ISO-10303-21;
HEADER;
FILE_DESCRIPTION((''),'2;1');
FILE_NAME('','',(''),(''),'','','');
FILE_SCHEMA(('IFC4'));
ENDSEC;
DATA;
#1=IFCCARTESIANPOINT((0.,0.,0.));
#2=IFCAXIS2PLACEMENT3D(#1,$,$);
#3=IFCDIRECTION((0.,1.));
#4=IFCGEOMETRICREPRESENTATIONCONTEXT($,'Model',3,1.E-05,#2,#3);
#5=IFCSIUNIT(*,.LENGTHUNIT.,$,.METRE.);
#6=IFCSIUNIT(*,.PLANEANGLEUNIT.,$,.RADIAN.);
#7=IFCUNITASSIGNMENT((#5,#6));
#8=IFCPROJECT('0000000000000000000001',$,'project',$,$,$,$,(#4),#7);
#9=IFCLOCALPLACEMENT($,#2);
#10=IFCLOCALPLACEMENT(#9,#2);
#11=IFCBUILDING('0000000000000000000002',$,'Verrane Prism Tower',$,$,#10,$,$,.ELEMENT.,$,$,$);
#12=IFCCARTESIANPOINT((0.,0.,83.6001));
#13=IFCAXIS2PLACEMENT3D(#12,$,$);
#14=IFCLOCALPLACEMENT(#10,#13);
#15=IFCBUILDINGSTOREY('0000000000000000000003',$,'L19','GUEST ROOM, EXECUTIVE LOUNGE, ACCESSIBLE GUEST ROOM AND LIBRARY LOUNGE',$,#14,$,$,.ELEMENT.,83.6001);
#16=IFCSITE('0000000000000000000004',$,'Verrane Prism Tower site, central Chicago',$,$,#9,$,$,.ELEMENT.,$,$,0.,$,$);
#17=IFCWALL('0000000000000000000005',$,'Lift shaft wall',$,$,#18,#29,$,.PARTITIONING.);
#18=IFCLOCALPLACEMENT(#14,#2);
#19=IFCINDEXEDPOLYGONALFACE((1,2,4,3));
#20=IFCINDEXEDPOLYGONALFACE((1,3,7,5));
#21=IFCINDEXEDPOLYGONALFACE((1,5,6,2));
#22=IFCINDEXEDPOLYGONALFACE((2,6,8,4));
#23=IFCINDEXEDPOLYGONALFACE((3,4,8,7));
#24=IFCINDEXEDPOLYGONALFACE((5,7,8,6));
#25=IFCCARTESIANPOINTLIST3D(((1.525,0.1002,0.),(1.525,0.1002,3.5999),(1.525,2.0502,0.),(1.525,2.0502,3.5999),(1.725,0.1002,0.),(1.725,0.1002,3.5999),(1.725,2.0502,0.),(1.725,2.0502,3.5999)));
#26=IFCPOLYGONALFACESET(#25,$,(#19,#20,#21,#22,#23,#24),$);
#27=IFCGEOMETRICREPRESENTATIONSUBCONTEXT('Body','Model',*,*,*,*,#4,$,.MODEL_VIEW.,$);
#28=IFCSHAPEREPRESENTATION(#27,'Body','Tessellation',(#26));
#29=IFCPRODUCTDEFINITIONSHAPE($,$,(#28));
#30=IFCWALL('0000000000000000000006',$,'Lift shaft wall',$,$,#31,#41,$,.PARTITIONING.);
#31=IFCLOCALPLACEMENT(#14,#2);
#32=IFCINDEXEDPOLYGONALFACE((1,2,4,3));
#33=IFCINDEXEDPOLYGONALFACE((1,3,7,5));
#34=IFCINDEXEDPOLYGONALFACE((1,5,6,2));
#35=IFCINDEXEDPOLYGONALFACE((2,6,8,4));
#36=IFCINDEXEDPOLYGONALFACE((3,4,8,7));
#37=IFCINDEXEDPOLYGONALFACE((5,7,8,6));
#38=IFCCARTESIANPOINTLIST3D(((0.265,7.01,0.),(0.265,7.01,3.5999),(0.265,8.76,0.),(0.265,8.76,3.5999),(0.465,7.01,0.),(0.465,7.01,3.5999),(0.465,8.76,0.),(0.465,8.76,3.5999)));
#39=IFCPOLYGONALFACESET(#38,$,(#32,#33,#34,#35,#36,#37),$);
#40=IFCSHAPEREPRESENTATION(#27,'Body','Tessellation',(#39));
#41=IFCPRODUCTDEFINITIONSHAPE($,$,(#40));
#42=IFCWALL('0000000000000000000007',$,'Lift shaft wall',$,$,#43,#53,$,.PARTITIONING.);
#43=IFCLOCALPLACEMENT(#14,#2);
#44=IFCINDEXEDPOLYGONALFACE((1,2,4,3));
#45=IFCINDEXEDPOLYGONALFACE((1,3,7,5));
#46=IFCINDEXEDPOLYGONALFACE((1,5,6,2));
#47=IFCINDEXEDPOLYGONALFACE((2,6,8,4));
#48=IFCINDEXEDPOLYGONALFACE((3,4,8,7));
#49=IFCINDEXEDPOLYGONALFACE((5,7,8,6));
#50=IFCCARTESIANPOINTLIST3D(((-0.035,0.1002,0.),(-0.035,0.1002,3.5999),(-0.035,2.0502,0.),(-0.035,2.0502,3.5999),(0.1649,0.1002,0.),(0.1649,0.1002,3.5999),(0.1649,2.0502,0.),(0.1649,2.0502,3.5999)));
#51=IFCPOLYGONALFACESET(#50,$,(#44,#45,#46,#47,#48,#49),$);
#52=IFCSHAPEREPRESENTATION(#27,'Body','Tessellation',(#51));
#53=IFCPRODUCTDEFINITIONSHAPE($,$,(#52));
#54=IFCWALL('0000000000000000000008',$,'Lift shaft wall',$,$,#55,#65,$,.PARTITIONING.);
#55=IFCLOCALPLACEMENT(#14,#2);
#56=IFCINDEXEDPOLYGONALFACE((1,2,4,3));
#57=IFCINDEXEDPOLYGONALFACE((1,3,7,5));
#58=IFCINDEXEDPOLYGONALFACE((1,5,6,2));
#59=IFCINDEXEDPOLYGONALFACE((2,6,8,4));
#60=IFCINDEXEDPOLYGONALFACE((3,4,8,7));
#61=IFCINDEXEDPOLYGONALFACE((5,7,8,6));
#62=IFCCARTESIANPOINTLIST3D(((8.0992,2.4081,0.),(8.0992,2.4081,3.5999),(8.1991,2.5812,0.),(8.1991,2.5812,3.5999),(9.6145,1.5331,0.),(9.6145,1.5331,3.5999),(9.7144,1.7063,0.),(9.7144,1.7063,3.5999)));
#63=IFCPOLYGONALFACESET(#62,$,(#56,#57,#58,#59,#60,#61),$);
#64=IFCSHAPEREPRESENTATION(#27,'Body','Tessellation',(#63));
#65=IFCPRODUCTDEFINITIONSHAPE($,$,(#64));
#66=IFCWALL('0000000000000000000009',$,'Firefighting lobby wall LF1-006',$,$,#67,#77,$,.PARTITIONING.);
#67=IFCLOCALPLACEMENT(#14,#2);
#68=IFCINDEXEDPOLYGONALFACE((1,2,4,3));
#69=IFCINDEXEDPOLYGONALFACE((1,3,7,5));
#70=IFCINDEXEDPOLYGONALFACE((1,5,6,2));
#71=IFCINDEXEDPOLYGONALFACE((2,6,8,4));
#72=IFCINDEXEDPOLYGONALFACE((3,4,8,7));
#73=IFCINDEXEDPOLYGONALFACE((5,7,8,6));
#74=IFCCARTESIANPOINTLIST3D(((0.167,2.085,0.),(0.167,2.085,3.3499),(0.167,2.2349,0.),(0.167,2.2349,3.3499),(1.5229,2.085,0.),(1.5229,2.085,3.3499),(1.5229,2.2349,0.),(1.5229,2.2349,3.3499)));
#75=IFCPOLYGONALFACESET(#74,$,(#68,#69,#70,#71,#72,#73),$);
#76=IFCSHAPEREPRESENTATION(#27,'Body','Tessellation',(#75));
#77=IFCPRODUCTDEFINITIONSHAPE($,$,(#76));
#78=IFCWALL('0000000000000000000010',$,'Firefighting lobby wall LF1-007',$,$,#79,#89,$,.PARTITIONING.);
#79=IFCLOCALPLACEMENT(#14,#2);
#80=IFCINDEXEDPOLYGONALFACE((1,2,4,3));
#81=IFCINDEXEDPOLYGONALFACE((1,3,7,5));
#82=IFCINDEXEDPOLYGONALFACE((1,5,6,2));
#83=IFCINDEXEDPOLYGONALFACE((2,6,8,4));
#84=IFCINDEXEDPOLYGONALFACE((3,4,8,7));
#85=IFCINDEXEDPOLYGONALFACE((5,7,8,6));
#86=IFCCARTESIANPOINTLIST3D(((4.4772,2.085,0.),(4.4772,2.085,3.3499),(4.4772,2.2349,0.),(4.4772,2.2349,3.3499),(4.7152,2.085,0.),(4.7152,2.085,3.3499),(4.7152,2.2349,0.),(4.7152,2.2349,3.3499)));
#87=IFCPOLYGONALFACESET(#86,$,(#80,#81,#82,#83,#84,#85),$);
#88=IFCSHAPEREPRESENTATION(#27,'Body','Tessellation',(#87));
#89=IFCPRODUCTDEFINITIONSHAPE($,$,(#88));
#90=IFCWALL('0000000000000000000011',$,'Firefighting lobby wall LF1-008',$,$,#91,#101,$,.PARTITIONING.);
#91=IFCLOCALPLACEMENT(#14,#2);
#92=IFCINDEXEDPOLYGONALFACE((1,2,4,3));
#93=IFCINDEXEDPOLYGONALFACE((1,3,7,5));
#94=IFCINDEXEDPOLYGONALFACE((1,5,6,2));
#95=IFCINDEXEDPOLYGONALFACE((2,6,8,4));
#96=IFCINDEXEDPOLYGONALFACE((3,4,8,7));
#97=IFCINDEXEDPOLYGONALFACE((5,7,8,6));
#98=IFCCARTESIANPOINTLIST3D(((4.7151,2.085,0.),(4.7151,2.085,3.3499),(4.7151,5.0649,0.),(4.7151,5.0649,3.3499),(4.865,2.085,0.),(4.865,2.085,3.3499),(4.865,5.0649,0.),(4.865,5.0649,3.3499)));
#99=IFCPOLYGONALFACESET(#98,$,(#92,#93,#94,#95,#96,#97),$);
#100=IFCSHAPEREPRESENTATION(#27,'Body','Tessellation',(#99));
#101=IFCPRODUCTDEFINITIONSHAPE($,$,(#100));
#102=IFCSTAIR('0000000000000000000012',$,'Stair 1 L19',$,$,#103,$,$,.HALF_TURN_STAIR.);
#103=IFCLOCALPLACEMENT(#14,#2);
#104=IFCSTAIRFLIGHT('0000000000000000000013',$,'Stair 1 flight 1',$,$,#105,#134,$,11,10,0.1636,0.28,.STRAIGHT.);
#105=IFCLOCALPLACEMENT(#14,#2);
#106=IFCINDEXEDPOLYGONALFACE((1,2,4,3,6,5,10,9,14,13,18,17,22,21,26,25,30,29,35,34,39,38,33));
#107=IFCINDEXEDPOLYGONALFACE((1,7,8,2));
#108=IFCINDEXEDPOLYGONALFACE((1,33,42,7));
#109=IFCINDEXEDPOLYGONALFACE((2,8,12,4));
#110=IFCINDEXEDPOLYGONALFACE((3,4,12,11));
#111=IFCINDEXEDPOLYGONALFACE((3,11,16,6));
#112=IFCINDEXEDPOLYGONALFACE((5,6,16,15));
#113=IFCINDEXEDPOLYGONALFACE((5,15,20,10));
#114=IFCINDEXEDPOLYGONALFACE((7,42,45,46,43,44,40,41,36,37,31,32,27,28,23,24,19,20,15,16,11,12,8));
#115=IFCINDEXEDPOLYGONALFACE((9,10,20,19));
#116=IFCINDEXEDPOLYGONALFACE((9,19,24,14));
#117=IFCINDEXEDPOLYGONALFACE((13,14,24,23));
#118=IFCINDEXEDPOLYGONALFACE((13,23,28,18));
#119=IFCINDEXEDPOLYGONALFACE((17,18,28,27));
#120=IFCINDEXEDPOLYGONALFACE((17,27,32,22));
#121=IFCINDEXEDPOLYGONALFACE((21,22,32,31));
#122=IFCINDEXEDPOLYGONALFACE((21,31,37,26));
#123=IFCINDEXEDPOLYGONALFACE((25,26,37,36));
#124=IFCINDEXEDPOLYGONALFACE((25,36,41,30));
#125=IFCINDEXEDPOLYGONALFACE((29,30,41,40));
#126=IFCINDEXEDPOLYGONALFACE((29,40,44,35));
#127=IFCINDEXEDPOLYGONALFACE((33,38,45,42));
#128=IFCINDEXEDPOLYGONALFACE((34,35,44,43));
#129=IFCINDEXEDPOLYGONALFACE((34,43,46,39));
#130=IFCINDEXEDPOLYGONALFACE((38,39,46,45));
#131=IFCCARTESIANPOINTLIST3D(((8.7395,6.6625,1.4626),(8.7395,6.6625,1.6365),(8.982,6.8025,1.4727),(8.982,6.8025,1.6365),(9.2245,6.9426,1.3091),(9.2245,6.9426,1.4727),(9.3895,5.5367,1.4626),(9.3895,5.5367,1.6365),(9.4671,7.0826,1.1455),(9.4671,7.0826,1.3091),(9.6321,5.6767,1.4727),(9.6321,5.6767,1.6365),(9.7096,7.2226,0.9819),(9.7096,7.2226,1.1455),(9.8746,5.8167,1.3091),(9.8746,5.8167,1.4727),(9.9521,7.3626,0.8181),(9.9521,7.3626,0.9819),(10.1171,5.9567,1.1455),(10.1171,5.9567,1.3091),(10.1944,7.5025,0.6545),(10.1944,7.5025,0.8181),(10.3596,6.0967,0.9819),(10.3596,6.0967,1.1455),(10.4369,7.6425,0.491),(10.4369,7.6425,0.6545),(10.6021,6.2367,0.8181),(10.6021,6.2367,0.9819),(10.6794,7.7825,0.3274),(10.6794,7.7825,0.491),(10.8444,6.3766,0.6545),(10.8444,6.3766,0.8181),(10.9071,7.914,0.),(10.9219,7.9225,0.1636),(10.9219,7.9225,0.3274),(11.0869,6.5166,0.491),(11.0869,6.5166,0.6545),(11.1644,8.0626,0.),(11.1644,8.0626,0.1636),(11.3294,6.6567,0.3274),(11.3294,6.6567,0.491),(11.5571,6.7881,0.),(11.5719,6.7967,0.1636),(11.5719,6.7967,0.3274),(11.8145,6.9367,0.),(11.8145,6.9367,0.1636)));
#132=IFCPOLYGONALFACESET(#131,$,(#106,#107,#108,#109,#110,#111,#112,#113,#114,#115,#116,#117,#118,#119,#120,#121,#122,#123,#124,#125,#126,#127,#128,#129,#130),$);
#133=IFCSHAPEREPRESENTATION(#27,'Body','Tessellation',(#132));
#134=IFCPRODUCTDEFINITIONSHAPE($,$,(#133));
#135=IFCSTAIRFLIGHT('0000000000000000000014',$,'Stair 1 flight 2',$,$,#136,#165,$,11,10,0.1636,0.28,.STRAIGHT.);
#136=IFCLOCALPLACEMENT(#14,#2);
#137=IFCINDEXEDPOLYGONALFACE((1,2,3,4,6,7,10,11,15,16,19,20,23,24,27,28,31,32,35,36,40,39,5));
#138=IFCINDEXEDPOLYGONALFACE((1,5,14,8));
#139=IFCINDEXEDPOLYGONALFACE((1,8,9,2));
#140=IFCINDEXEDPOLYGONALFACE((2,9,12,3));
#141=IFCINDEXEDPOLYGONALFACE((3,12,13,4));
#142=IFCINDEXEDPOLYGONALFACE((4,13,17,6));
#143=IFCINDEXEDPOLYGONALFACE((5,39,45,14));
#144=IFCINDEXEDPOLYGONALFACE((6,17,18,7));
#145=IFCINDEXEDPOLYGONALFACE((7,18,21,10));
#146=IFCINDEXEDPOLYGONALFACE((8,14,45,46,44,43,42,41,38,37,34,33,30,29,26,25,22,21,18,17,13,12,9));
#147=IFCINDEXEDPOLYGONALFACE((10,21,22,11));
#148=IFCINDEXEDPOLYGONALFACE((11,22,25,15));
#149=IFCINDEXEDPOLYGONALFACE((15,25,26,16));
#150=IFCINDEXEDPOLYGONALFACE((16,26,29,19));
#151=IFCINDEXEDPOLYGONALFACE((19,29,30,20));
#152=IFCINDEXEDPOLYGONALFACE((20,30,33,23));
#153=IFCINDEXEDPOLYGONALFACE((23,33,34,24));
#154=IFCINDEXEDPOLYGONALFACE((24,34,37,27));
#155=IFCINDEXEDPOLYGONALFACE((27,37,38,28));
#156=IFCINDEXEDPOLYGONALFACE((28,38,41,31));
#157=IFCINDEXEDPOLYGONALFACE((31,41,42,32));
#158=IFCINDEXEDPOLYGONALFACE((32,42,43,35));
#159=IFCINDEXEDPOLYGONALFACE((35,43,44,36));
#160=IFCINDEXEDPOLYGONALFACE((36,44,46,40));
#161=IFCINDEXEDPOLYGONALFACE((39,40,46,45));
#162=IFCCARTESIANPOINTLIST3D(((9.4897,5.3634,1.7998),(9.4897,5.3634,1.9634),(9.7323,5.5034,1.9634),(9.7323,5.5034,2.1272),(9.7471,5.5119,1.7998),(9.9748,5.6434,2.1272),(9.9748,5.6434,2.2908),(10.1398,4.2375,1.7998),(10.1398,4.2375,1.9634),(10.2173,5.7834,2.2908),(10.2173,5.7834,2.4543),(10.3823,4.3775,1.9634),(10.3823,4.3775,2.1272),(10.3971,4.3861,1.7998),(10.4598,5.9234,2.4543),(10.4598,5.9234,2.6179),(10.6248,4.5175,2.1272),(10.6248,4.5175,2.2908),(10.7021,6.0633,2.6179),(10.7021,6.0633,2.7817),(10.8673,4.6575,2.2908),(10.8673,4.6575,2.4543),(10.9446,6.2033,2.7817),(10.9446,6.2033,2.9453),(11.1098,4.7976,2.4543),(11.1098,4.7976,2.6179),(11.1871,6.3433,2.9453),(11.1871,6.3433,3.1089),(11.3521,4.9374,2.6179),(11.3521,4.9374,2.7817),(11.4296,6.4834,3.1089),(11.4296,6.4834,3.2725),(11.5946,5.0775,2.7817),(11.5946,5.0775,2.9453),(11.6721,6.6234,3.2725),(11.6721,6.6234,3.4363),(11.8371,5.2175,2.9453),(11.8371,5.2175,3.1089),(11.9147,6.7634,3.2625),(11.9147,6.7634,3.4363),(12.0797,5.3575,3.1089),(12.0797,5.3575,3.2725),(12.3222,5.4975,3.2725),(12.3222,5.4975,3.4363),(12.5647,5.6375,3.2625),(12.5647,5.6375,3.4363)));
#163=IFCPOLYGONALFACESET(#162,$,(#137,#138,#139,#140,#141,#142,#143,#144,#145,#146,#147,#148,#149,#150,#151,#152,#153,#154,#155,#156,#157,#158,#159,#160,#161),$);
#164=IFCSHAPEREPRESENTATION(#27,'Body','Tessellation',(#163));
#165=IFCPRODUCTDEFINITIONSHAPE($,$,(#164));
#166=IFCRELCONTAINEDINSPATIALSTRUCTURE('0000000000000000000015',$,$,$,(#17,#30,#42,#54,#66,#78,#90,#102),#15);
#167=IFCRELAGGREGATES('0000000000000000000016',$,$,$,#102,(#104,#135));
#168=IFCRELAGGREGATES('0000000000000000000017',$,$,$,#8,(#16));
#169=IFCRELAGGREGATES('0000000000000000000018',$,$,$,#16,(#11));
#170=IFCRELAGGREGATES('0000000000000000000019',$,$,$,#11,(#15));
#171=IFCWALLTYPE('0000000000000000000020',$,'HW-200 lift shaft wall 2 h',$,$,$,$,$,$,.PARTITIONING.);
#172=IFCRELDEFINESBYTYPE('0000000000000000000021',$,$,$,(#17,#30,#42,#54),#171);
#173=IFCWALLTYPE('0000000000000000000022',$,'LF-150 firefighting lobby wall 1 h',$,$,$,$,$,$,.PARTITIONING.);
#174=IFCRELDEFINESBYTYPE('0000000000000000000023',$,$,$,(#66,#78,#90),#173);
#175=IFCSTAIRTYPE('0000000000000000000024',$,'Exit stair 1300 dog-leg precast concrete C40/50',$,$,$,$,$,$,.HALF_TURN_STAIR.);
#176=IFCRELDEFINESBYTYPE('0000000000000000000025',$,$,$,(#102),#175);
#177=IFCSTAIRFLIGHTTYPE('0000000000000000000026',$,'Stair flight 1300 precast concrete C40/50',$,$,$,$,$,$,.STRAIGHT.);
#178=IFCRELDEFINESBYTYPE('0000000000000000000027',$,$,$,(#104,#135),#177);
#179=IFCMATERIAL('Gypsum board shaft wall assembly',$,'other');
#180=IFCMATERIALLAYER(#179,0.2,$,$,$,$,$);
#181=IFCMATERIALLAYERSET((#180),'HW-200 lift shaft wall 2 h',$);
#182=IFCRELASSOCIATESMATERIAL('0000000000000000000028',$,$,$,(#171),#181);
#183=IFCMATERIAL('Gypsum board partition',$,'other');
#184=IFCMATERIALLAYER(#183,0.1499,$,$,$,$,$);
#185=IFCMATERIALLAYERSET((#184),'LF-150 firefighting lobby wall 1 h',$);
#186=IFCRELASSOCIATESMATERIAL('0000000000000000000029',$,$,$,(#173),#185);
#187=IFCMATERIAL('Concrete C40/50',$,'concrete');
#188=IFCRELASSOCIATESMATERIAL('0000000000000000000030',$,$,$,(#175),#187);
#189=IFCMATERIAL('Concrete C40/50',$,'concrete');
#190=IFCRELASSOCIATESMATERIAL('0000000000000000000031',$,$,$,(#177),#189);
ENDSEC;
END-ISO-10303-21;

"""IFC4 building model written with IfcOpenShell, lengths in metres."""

from ifc_helpers import new_model, si_unit, direction, frame, frame_2d, origin, place, context, subcontext, project, spatial, polyline, rectangle, outline, extrude, material, layer, layer_set, type_object, element, aggregate, save


model = new_model("IFC4")

# Units and contexts
model_context = context("Model", 3, precision=1e-05, world=origin(), true_north=direction((0.0, 1.0)))
body_context = subcontext(model_context, "Body", "Model", "MODEL_VIEW")
ifc_project = project(units=[si_unit("LENGTHUNIT", "METRE"), si_unit("PLANEANGLEUNIT", "RADIAN")], contexts=[model_context])

# Site, building, storey
site_placement = place(None, origin())
site = spatial("IfcSite", under=ifc_project, at=site_placement, Name="Verrane Prism Tower site, central Chicago", CompositionType="ELEMENT", RefElevation=0.0)
building_placement = place(site_placement, origin())
building = spatial("IfcBuilding", under=site, at=building_placement, Name="Verrane Prism Tower", CompositionType="ELEMENT")
storey_placement = place(building_placement, frame((0.0, 0.0, 83.6001)))
storey = spatial("IfcBuildingStorey", under=building, at=storey_placement, Name="L19", Description="GUEST ROOM, EXECUTIVE LOUNGE, ACCESSIBLE GUEST ROOM AND LIBRARY LOUNGE", CompositionType="ELEMENT", Elevation=83.6001)

# Shared definitions
ifc_material_1 = material(Name="Gypsum board shaft wall assembly", Category="other")
ifc_layer_1 = layer(ifc_material_1, 0.2)
ifc_layer_set_1 = layer_set([ifc_layer_1], Name="HW-200 lift shaft wall 2 h")
wall_type_1 = type_object("IfcWallType", Name="HW-200 lift shaft wall 2 h", PredefinedType="PARTITIONING", material=ifc_layer_set_1)

# Walls
wall_1_placement = place(storey_placement, frame((1.625, 0.1001, 0.0), z_axis=(0.0, 0.0, 1.0), x_axis=(0.0, 1.0, 0.0)))
element("IfcWall", 1, at=wall_1_placement, inside=storey, type_object=wall_type_1, Name="Lift shaft wall", PredefinedType="PARTITIONING", context=body_context, shape_type="SweptSolid", body=[
    extrude(rectangle(XDim=1.95, YDim=0.2, at=frame_2d((0.9751, 0.0))), origin(), (0.0, 0.0, 1.0), 3.5999),
])
wall_2_placement = place(storey_placement, frame((0.365, 7.01, 0.0), z_axis=(0.0, 0.0, 1.0), x_axis=(0.0, 1.0, 0.0)))
element("IfcWall", 2, at=wall_2_placement, inside=storey, type_object=wall_type_1, Name="Lift shaft wall", PredefinedType="PARTITIONING", context=body_context, shape_type="SweptSolid", body=[
    extrude(rectangle(XDim=1.75, YDim=0.2, at=frame_2d((0.875, 0.0))), origin(), (0.0, 0.0, 1.0), 3.5999),
])
wall_3_placement = place(storey_placement, frame((0.0649, 0.1001, 0.0), z_axis=(0.0, 0.0, 1.0), x_axis=(0.0, 1.0, 0.0)))
element("IfcWall", 3, at=wall_3_placement, inside=storey, type_object=wall_type_1, Name="Lift shaft wall", PredefinedType="PARTITIONING", context=body_context, shape_type="SweptSolid", body=[
    extrude(rectangle(XDim=1.95, YDim=0.2, at=frame_2d((0.9751, 0.0))), origin(), (0.0, 0.0, 1.0), 3.5999),
])
wall_4_placement = place(storey_placement, frame((9.6646, 1.6196, 0.0), z_axis=(0.0, 0.0, 1.0), x_axis=(-0.866002, 0.50004, 0.0)))
element("IfcWall", 4, at=wall_4_placement, inside=storey, type_object=wall_type_1, Name="Lift shaft wall", PredefinedType="PARTITIONING", context=body_context, shape_type="SweptSolid", body=[
    extrude(rectangle(XDim=1.7498, YDim=0.2, at=frame_2d((0.875, 0.0))), origin(), (0.0, 0.0, 1.0), 3.5999),
])
ifc_material_2 = material(Name="Gypsum board partition", Category="other")
ifc_layer_2 = layer(ifc_material_2, 0.1499)
ifc_layer_set_2 = layer_set([ifc_layer_2], Name="LF-150 firefighting lobby wall 1 h")
wall_type_2 = type_object("IfcWallType", Name="LF-150 firefighting lobby wall 1 h", PredefinedType="PARTITIONING", material=ifc_layer_set_2)
wall_5_placement = place(storey_placement, frame((0.167, 2.1599, 0.0), z_axis=(0.0, 0.0, 1.0), x_axis=(1.0, 0.0, 0.0)))
element("IfcWall", 5, at=wall_5_placement, inside=storey, type_object=wall_type_2, Name="Firefighting lobby wall LF1-006", PredefinedType="PARTITIONING", context=body_context, shape_type="SweptSolid", body=[
    extrude(rectangle(XDim=1.356, YDim=0.1499, at=frame_2d((0.678, 0.0))), origin(), (0.0, 0.0, 1.0), 3.3499),
])
wall_6_placement = place(storey_placement, frame((4.4771, 2.1599, 0.0), z_axis=(0.0, 0.0, 1.0), x_axis=(1.0, 0.0, 0.0)))
element("IfcWall", 6, at=wall_6_placement, inside=storey, type_object=wall_type_2, Name="Firefighting lobby wall LF1-007", PredefinedType="PARTITIONING", context=body_context, shape_type="SweptSolid", body=[
    extrude(rectangle(XDim=0.238, YDim=0.1499, at=frame_2d((0.1191, 0.0))), origin(), (0.0, 0.0, 1.0), 3.3499),
])
wall_7_placement = place(storey_placement, frame((4.79, 2.085, 0.0), z_axis=(0.0, 0.0, 1.0), x_axis=(0.0, 1.0, 0.0)))
element("IfcWall", 7, at=wall_7_placement, inside=storey, type_object=wall_type_2, Name="Firefighting lobby wall LF1-008", PredefinedType="PARTITIONING", context=body_context, shape_type="SweptSolid", body=[
    extrude(rectangle(XDim=2.98, YDim=0.1499, at=frame_2d((1.49, 0.0))), origin(), (0.0, 0.0, 1.0), 3.3499),
])

# Stair, stair flights
ifc_material_3 = material(Name="Concrete C40/50", Category="concrete")
stair_type = type_object("IfcStairType", Name="Exit stair 1300 dog-leg precast concrete C40/50", PredefinedType="HALF_TURN_STAIR", material=ifc_material_3)
stair_placement = place(storey_placement, origin())
stair = element("IfcStair", 8, at=stair_placement, inside=storey, type_object=stair_type, Name="Stair 1 L19", PredefinedType="HALF_TURN_STAIR")
ifc_material_4 = material(Name="Concrete C40/50", Category="concrete")
stair_flight_type = type_object("IfcStairFlightType", Name="Stair flight 1300 precast concrete C40/50", PredefinedType="STRAIGHT", material=ifc_material_4)
stair_flight_1_placement = place(storey_placement, frame((11.4895, 7.4995, 0.0), z_axis=(0.0, 0.0, 1.0), x_axis=(-0.866025, -0.5, 0.0)))
stair_flight_1 = element("IfcStairFlight", 9, at=stair_flight_1_placement, type_object=stair_flight_type, Name="Stair 1 flight 1", NumberOfRisers=11, NumberOfTreads=10, PredefinedType="STRAIGHT", RiserHeight=0.1636, TreadLength=0.28, context=body_context, shape_type="SweptSolid", body=[
    extrude(outline(polyline([(0.0, 0.0), (0.0, 0.1636), (0.28, 0.1636), (0.28, 0.3274), (0.5601, 0.3274), (0.5601, 0.491), (0.8401, 0.491), (0.8401, 0.6545), (1.1201, 0.6545), (1.1201, 0.8181), (1.3999, 0.8181), (1.3999, 0.9819), (1.6799, 0.9819), (1.6799, 1.1455), (1.96, 1.1455), (1.96, 1.3091), (2.24, 1.3091), (2.24, 1.4727), (2.52, 1.4727), (2.52, 1.6365), (2.8, 1.6365), (2.8, 1.8), (2.8, 1.4626), (0.2971, 0.0), (0.0, 0.0)])), frame((0.0, 0.6499, 0.0), z_axis=(0.0, -1.0, 0.0), x_axis=(1.0, 0.0, 0.0)), (0.0, 0.0, 1.0), 1.3),
])
stair_flight_2_placement = place(storey_placement, frame((9.8147, 4.8005, 1.7998), z_axis=(0.0, 0.0, 1.0), x_axis=(0.866025, 0.5, 0.0)))
stair_flight_2 = element("IfcStairFlight", 10, at=stair_flight_2_placement, type_object=stair_flight_type, Name="Stair 1 flight 2", NumberOfRisers=11, NumberOfTreads=10, PredefinedType="STRAIGHT", RiserHeight=0.1636, TreadLength=0.28, context=body_context, shape_type="SweptSolid", body=[
    extrude(outline(polyline([(0.0, 0.0), (0.0, 0.1636), (0.28, 0.1636), (0.28, 0.3274), (0.5601, 0.3274), (0.5601, 0.491), (0.8401, 0.491), (0.8401, 0.6545), (1.1201, 0.6545), (1.1201, 0.8181), (1.3999, 0.8181), (1.3999, 0.9819), (1.6799, 0.9819), (1.6799, 1.1455), (1.96, 1.1455), (1.96, 1.3091), (2.24, 1.3091), (2.24, 1.4727), (2.52, 1.4727), (2.52, 1.6365), (2.8, 1.6365), (2.8, 1.8), (2.8, 1.4626), (0.2971, 0.0), (0.0, 0.0)])), frame((0.0, 0.6499, 0.0), z_axis=(0.0, -1.0, 0.0), x_axis=(1.0, 0.0, 0.0)), (0.0, 0.0, 1.0), 1.3),
])
aggregate(stair, [stair_flight_1, stair_flight_2])

save(model, "model.ifc")
